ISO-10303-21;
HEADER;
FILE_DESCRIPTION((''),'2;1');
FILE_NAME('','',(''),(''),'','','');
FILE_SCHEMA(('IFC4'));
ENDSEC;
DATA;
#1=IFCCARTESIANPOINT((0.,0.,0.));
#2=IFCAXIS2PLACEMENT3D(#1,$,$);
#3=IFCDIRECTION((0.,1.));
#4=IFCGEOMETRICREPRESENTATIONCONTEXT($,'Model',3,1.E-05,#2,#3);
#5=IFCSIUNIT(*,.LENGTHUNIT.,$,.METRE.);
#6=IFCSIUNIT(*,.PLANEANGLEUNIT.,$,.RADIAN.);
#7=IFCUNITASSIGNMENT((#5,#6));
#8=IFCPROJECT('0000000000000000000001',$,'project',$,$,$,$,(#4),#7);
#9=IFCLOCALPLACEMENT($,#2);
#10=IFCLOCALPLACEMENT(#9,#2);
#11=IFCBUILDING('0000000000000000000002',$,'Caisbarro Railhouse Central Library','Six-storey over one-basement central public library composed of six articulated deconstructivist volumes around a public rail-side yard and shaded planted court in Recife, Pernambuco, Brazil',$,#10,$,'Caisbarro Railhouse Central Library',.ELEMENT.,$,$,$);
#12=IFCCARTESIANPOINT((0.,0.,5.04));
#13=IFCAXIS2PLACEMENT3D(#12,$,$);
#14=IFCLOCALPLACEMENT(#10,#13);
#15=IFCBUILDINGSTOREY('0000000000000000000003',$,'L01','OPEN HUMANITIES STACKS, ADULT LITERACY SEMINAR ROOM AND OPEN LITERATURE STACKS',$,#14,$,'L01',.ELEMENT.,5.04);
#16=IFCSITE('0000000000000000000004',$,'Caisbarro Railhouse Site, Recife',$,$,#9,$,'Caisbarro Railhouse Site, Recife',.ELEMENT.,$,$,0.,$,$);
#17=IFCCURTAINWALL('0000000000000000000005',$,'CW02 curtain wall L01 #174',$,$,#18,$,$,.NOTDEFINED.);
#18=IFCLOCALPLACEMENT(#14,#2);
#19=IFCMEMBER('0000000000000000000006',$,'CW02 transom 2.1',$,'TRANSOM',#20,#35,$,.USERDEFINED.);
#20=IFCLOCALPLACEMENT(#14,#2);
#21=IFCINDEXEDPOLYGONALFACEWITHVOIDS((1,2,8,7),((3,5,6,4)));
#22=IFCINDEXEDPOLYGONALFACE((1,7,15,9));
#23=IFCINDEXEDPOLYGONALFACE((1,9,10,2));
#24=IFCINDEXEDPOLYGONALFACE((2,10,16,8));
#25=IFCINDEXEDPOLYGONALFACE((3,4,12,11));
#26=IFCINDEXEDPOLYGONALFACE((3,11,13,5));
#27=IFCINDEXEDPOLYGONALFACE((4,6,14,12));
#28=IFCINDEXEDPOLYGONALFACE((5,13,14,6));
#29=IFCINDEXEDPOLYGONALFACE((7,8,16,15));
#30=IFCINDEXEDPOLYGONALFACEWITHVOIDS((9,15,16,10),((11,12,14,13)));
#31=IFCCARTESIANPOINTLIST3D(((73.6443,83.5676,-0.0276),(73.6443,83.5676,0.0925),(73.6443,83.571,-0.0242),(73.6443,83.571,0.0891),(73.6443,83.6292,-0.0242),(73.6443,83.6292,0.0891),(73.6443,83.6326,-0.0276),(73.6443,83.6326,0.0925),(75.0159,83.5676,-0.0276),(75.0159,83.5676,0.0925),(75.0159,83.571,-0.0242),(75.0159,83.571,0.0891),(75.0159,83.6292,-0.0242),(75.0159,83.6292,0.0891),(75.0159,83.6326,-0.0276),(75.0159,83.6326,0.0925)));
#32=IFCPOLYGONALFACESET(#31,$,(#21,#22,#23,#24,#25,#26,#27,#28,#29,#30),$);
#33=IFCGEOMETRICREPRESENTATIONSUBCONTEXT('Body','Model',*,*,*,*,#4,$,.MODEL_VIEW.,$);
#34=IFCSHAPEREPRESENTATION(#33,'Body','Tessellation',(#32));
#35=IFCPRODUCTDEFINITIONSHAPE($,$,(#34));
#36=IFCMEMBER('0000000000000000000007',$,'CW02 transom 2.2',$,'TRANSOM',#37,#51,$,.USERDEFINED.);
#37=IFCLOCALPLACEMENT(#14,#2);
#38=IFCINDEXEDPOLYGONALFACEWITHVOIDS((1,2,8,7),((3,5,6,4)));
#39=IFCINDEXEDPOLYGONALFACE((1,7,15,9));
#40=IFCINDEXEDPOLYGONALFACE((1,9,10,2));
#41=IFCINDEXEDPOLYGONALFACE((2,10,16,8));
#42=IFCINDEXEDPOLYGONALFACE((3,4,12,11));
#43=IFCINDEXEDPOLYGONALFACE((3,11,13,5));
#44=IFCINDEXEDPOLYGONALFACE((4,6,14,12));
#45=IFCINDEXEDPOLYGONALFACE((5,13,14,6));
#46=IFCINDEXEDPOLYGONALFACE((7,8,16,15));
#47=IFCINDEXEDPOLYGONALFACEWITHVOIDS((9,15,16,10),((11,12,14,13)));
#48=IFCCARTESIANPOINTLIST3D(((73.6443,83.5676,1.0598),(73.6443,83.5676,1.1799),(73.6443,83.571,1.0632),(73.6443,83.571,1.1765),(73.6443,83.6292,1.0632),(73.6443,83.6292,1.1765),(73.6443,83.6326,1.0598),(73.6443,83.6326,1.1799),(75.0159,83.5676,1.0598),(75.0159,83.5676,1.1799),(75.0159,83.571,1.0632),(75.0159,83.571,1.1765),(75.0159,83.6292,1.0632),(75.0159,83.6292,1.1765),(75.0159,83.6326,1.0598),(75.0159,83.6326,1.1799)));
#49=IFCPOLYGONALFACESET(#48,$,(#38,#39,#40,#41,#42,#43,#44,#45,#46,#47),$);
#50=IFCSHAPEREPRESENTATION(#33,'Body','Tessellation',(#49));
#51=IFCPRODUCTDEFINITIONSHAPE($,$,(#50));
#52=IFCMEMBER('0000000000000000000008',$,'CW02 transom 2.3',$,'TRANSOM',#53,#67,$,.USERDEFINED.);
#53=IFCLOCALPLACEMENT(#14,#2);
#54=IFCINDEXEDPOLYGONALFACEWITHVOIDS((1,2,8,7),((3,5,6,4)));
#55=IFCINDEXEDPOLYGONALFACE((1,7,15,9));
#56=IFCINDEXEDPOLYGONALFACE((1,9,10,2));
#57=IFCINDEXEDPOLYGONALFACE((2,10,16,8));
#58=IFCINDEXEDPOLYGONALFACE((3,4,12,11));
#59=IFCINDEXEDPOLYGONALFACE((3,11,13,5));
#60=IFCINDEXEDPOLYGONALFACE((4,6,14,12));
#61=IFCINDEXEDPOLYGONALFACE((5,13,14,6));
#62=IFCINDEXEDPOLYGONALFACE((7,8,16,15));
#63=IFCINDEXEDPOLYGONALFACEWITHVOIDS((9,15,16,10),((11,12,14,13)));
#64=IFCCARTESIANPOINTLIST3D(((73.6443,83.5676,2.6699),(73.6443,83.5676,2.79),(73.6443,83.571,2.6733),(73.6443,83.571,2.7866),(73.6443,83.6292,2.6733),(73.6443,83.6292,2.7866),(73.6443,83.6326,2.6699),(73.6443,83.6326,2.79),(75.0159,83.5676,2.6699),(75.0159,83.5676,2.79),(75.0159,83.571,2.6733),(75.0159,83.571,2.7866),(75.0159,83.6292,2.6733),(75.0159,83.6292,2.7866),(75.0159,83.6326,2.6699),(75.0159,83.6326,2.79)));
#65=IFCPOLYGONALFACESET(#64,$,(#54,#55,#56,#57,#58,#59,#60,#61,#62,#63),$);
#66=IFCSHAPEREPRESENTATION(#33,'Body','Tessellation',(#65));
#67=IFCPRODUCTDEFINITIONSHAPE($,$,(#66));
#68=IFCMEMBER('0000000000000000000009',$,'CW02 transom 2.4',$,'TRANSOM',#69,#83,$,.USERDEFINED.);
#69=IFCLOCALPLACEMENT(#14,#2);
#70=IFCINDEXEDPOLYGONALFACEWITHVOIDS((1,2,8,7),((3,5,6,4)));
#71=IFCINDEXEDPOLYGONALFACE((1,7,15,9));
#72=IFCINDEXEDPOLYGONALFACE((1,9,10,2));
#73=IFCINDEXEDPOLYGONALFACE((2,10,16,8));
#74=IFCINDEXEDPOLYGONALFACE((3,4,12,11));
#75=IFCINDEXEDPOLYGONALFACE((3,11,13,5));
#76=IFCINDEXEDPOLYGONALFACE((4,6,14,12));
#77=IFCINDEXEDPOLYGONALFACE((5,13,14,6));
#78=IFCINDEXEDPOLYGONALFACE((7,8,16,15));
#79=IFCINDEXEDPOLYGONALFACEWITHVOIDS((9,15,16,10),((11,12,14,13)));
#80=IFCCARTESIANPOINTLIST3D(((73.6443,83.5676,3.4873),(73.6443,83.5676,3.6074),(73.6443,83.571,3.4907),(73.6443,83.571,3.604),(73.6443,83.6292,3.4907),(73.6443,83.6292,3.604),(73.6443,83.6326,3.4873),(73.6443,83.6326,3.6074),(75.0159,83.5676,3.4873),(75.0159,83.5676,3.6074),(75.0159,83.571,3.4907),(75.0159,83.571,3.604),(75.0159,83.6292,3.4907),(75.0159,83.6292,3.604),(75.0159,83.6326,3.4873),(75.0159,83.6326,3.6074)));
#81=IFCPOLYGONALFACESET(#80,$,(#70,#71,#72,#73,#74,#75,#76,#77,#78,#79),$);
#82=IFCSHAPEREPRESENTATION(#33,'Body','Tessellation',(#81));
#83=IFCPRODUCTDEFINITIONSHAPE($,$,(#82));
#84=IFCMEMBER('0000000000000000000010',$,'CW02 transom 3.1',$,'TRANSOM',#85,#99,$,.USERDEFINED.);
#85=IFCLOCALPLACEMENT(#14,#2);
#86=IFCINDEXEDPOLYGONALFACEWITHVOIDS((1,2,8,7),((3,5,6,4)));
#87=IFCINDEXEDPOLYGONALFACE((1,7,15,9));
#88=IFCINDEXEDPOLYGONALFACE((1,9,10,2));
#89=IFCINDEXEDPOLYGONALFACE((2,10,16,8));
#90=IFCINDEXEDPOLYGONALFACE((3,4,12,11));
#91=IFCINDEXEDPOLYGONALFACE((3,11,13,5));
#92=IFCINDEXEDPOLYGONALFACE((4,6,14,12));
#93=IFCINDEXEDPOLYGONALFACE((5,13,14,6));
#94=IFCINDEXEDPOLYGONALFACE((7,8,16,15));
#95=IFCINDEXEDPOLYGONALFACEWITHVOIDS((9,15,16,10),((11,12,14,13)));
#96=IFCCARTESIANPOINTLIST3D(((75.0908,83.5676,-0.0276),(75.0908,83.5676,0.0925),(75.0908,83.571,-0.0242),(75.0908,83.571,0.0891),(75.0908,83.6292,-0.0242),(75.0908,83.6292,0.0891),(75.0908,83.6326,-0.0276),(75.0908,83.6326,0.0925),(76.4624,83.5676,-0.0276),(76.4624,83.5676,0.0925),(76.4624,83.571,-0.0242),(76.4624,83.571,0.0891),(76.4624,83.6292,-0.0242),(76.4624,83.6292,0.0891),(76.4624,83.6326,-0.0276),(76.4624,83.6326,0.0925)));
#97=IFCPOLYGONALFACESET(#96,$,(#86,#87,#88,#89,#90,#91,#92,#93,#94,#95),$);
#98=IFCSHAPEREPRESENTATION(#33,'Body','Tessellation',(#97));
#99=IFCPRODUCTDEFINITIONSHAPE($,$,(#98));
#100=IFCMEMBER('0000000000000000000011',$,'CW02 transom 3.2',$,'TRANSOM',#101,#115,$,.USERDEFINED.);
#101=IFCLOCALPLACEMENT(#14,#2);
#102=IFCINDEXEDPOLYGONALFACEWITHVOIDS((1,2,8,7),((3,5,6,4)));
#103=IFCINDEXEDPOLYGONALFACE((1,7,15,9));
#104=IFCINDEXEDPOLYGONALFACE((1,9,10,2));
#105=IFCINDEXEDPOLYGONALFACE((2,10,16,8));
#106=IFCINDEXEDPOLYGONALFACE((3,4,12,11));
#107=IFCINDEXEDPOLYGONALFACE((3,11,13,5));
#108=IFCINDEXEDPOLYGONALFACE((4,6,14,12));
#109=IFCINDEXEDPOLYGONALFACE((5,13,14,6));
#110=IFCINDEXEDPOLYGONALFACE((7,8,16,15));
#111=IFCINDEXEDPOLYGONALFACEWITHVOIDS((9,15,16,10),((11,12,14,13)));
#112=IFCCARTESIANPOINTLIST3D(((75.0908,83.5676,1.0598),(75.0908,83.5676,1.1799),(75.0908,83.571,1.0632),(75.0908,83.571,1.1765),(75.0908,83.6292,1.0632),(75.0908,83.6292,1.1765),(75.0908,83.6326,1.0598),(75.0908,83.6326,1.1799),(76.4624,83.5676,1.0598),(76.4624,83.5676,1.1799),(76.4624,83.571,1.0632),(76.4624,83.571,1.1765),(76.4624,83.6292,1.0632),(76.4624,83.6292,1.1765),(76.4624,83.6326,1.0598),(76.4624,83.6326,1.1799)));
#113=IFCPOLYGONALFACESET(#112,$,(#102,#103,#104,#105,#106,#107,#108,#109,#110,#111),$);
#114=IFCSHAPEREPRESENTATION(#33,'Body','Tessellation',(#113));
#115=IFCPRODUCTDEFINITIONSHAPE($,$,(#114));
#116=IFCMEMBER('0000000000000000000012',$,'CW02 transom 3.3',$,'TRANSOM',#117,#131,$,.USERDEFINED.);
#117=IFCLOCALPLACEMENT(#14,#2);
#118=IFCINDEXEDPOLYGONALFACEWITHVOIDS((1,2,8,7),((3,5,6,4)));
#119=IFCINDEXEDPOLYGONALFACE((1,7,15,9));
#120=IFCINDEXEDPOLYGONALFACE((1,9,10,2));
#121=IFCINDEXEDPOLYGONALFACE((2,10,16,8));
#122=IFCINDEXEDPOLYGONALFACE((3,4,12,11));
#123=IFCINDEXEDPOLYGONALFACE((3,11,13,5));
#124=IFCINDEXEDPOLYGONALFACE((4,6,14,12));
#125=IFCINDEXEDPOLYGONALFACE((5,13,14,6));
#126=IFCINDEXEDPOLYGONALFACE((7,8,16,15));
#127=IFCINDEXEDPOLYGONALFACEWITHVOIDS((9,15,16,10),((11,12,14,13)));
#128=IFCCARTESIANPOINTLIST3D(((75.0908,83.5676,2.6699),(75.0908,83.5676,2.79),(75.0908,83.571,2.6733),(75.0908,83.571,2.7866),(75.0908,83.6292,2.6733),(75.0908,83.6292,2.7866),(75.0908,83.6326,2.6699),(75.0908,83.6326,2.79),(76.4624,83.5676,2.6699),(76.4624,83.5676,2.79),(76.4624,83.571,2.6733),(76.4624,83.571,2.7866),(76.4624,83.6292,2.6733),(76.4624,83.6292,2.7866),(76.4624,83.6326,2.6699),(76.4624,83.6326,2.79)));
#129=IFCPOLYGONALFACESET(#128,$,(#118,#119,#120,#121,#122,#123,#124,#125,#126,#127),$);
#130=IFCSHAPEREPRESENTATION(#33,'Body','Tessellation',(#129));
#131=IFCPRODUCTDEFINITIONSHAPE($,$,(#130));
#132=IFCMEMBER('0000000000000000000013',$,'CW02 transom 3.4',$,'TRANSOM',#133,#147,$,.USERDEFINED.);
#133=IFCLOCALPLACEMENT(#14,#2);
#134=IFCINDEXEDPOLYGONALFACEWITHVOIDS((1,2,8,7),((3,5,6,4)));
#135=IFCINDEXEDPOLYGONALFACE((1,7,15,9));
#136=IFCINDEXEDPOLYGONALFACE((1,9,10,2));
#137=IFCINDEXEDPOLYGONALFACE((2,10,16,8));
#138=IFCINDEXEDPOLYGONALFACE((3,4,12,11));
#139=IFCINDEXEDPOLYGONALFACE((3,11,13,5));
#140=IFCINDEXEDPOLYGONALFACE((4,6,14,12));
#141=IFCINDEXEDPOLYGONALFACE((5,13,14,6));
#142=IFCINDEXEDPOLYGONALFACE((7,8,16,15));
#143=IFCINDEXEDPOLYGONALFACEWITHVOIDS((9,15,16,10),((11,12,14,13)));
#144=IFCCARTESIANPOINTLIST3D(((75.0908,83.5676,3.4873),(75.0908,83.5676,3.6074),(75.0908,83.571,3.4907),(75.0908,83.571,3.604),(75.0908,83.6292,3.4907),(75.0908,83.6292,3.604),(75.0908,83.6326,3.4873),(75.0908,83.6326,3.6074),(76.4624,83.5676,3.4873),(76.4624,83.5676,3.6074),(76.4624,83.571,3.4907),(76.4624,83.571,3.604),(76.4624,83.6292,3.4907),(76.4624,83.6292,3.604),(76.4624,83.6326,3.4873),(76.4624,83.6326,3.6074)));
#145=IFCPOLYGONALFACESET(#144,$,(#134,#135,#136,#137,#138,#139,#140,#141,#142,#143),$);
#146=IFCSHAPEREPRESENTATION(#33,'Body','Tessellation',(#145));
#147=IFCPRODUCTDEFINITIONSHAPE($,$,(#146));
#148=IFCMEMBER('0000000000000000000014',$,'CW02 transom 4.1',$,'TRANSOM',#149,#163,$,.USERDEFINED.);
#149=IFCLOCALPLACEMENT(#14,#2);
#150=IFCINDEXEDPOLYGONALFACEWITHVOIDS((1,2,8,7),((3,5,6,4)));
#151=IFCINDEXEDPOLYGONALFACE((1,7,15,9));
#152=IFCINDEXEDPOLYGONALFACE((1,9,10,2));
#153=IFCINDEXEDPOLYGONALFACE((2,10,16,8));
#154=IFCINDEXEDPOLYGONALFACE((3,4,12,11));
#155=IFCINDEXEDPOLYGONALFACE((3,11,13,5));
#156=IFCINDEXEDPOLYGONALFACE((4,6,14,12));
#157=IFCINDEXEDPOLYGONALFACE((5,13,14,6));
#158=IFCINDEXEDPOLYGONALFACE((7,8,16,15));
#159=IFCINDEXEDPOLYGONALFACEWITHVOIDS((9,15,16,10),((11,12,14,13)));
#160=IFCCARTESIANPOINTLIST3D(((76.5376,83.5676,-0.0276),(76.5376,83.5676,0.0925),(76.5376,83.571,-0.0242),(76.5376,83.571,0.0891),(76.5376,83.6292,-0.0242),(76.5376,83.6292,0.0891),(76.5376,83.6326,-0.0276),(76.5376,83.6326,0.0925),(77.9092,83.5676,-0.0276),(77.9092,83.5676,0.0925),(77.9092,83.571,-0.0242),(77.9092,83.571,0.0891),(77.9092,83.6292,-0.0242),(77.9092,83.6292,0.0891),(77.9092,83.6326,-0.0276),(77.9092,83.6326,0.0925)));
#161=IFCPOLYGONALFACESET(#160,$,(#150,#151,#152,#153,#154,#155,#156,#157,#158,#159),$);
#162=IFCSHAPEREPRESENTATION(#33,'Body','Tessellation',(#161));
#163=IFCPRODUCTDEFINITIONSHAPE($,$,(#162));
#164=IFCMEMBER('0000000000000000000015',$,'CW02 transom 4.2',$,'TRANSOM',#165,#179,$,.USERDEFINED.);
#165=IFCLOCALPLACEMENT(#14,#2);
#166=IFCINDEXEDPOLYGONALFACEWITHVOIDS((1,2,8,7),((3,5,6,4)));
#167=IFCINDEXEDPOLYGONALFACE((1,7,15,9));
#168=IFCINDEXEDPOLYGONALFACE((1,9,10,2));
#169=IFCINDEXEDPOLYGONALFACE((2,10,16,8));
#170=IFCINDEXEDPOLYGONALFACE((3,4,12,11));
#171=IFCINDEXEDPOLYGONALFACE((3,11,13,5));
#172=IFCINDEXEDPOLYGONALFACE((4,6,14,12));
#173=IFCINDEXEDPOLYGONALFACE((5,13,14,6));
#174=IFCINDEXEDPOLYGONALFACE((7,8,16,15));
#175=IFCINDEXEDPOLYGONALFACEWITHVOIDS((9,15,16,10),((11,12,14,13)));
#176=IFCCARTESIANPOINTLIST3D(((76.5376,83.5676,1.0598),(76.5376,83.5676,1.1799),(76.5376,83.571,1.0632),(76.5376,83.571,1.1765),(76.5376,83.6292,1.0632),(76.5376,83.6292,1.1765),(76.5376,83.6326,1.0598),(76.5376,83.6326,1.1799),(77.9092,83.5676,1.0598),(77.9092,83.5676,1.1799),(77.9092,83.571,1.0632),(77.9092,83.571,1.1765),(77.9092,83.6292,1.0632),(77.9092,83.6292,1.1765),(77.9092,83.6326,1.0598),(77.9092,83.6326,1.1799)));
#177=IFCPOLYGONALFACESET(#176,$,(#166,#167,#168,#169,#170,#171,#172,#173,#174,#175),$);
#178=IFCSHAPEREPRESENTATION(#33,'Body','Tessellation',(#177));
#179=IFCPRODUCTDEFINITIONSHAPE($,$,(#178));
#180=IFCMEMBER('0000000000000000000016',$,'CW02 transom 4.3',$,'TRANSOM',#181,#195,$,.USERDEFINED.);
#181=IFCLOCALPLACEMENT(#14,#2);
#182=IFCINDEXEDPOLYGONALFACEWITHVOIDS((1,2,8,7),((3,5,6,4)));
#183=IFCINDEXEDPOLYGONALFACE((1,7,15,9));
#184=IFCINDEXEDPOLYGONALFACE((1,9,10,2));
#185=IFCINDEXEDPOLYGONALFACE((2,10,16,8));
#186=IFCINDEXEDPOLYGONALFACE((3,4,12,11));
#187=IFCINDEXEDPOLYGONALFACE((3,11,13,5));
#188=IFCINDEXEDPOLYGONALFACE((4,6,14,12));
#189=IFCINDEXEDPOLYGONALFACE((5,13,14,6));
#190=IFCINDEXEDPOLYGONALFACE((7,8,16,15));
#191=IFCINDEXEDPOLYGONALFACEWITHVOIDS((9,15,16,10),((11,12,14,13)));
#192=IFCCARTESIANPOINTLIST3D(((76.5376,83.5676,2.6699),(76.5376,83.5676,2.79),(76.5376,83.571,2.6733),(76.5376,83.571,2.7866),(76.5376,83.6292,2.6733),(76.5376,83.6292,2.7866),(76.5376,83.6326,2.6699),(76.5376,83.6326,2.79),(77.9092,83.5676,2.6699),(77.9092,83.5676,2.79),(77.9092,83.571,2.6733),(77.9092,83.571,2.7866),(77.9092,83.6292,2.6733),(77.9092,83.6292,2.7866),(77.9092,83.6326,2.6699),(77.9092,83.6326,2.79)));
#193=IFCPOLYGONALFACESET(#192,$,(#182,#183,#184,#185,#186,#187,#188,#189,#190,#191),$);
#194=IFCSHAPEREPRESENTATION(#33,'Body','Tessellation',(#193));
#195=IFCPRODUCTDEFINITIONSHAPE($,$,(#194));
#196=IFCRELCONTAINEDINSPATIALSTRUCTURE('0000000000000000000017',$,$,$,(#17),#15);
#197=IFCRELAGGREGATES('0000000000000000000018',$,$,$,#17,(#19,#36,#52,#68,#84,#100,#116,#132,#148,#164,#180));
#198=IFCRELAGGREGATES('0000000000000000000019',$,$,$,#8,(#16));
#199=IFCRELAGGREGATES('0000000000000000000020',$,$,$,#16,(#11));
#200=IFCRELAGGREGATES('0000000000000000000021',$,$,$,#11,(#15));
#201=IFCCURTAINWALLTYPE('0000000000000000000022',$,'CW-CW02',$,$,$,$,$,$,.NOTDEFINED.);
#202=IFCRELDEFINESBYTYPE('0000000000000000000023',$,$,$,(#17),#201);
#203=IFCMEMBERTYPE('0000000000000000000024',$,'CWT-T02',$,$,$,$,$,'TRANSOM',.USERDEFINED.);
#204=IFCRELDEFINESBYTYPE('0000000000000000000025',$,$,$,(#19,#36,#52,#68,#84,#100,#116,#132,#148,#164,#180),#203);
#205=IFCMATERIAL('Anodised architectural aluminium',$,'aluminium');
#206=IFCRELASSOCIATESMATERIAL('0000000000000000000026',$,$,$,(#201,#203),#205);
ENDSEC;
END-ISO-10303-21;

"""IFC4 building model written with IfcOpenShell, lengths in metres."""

from ifc_helpers import new_model, si_unit, direction, frame, origin, origin_2d, place, context, subcontext, project, spatial, hollow_rectangle, extrude, material, material_profile, profile_set, type_object, element, aggregate, save


model = new_model("IFC4")

# Units and contexts
model_context = context("Model", 3, precision=1e-05, world=origin(), true_north=direction((0.0, 1.0)))
body_context = subcontext(model_context, "Body", "Model", "MODEL_VIEW")
ifc_project = project(units=[si_unit("LENGTHUNIT", "METRE"), si_unit("PLANEANGLEUNIT", "RADIAN")], contexts=[model_context])

# Site, building, storey
site_placement = place(None, origin())
site = spatial("IfcSite", under=ifc_project, at=site_placement, Name="Caisbarro Railhouse Site, Recife", LongName="Caisbarro Railhouse Site, Recife", CompositionType="ELEMENT", RefElevation=0.0)
building_placement = place(site_placement, origin())
building = spatial("IfcBuilding", under=site, at=building_placement, Name="Caisbarro Railhouse Central Library", Description="Six-storey over one-basement central public library composed of six articulated deconstructivist volumes around a public rail-side yard and shaded planted court in Recife, Pernambuco, Brazil", LongName="Caisbarro Railhouse Central Library", CompositionType="ELEMENT")
storey_placement = place(building_placement, frame((0.0, 0.0, 5.04)))
storey = spatial("IfcBuildingStorey", under=building, at=storey_placement, Name="L01", Description="OPEN HUMANITIES STACKS, ADULT LITERACY SEMINAR ROOM AND OPEN LITERATURE STACKS", LongName="L01", CompositionType="ELEMENT", Elevation=5.04)

# Curtain wall, members
ifc_material_1 = material(Name="Anodised architectural aluminium", Category="aluminium")
curtain_wall_type = type_object("IfcCurtainWallType", Name="CW-CW02", PredefinedType="NOTDEFINED", material=ifc_material_1)
curtain_wall_placement = place(storey_placement, origin())
curtain_wall = element("IfcCurtainWall", 1, at=curtain_wall_placement, inside=storey, type_object=curtain_wall_type, Name="CW02 curtain wall L01 #174", PredefinedType="NOTDEFINED")
ifc_material_profile_1 = material_profile(ifc_material_1, hollow_rectangle(XDim=0.0649, YDim=0.1201, WallThickness=0.0034, at=origin_2d()), Name="ALU-TRN-65X120")
ifc_profile_set_1 = profile_set([ifc_material_profile_1], Name="Anodised architectural aluminium")
member_type_1 = type_object("IfcMemberType", Name="CWT-T02", ElementType="TRANSOM", PredefinedType="USERDEFINED", material=ifc_profile_set_1)
member_1_placement = place(storey_placement, frame((73.6443, 83.6001, 0.0325), z_axis=(1.0, 0.0, 0.0), x_axis=(0.0, 1.0, 0.0)))
member_1 = element("IfcMember", 2, at=member_1_placement, type_object=member_type_1, Name="CW02 transom 2.1", ObjectType="TRANSOM", PredefinedType="USERDEFINED", context=body_context, shape_type="SweptSolid", body=[
    extrude(hollow_rectangle(XDim=0.0649, YDim=0.1201, WallThickness=0.0034, at=origin_2d()), origin(), (0.0, 0.0, 1.0), 1.3716),
])
member_2_placement = place(storey_placement, frame((73.6443, 83.6001, 1.1199), z_axis=(1.0, 0.0, 0.0), x_axis=(0.0, 1.0, 0.0)))
member_2 = element("IfcMember", 3, at=member_2_placement, type_object=member_type_1, Name="CW02 transom 2.2", ObjectType="TRANSOM", PredefinedType="USERDEFINED", context=body_context, shape_type="SweptSolid", body=[
    extrude(hollow_rectangle(XDim=0.0649, YDim=0.1201, WallThickness=0.0034, at=origin_2d()), origin(), (0.0, 0.0, 1.0), 1.3716),
])
member_3_placement = place(storey_placement, frame((73.6443, 83.6001, 2.73), z_axis=(1.0, 0.0, 0.0), x_axis=(0.0, 1.0, 0.0)))
member_3 = element("IfcMember", 4, at=member_3_placement, type_object=member_type_1, Name="CW02 transom 2.3", ObjectType="TRANSOM", PredefinedType="USERDEFINED", context=body_context, shape_type="SweptSolid", body=[
    extrude(hollow_rectangle(XDim=0.0649, YDim=0.1201, WallThickness=0.0034, at=origin_2d()), origin(), (0.0, 0.0, 1.0), 1.3716),
])
member_4_placement = place(storey_placement, frame((73.6443, 83.6001, 3.5474), z_axis=(1.0, 0.0, 0.0), x_axis=(0.0, 1.0, 0.0)))
member_4 = element("IfcMember", 5, at=member_4_placement, type_object=member_type_1, Name="CW02 transom 2.4", ObjectType="TRANSOM", PredefinedType="USERDEFINED", context=body_context, shape_type="SweptSolid", body=[
    extrude(hollow_rectangle(XDim=0.0649, YDim=0.1201, WallThickness=0.0034, at=origin_2d()), origin(), (0.0, 0.0, 1.0), 1.3716),
])
member_5_placement = place(storey_placement, frame((75.0908, 83.6001, 0.0325), z_axis=(1.0, 0.0, 0.0), x_axis=(0.0, 1.0, 0.0)))
member_5 = element("IfcMember", 6, at=member_5_placement, type_object=member_type_1, Name="CW02 transom 3.1", ObjectType="TRANSOM", PredefinedType="USERDEFINED", context=body_context, shape_type="SweptSolid", body=[
    extrude(hollow_rectangle(XDim=0.0649, YDim=0.1201, WallThickness=0.0034, at=origin_2d()), origin(), (0.0, 0.0, 1.0), 1.3716),
])
member_6_placement = place(storey_placement, frame((75.0908, 83.6001, 1.1199), z_axis=(1.0, 0.0, 0.0), x_axis=(0.0, 1.0, 0.0)))
member_6 = element("IfcMember", 7, at=member_6_placement, type_object=member_type_1, Name="CW02 transom 3.2", ObjectType="TRANSOM", PredefinedType="USERDEFINED", context=body_context, shape_type="SweptSolid", body=[
    extrude(hollow_rectangle(XDim=0.0649, YDim=0.1201, WallThickness=0.0034, at=origin_2d()), origin(), (0.0, 0.0, 1.0), 1.3716),
])
member_7_placement = place(storey_placement, frame((75.0908, 83.6001, 2.73), z_axis=(1.0, 0.0, 0.0), x_axis=(0.0, 1.0, 0.0)))
member_7 = element("IfcMember", 8, at=member_7_placement, type_object=member_type_1, Name="CW02 transom 3.3", ObjectType="TRANSOM", PredefinedType="USERDEFINED", context=body_context, shape_type="SweptSolid", body=[
    extrude(hollow_rectangle(XDim=0.0649, YDim=0.1201, WallThickness=0.0034, at=origin_2d()), origin(), (0.0, 0.0, 1.0), 1.3716),
])
member_8_placement = place(storey_placement, frame((75.0908, 83.6001, 3.5474), z_axis=(1.0, 0.0, 0.0), x_axis=(0.0, 1.0, 0.0)))
member_8 = element("IfcMember", 9, at=member_8_placement, type_object=member_type_1, Name="CW02 transom 3.4", ObjectType="TRANSOM", PredefinedType="USERDEFINED", context=body_context, shape_type="SweptSolid", body=[
    extrude(hollow_rectangle(XDim=0.0649, YDim=0.1201, WallThickness=0.0034, at=origin_2d()), origin(), (0.0, 0.0, 1.0), 1.3716),
])
member_9_placement = place(storey_placement, frame((76.5376, 83.6001, 0.0325), z_axis=(1.0, 0.0, 0.0), x_axis=(0.0, 1.0, 0.0)))
member_9 = element("IfcMember", 10, at=member_9_placement, type_object=member_type_1, Name="CW02 transom 4.1", ObjectType="TRANSOM", PredefinedType="USERDEFINED", context=body_context, shape_type="SweptSolid", body=[
    extrude(hollow_rectangle(XDim=0.0649, YDim=0.1201, WallThickness=0.0034, at=origin_2d()), origin(), (0.0, 0.0, 1.0), 1.3716),
])
member_10_placement = place(storey_placement, frame((76.5376, 83.6001, 1.1199), z_axis=(1.0, 0.0, 0.0), x_axis=(0.0, 1.0, 0.0)))
member_10 = element("IfcMember", 11, at=member_10_placement, type_object=member_type_1, Name="CW02 transom 4.2", ObjectType="TRANSOM", PredefinedType="USERDEFINED", context=body_context, shape_type="SweptSolid", body=[
    extrude(hollow_rectangle(XDim=0.0649, YDim=0.1201, WallThickness=0.0034, at=origin_2d()), origin(), (0.0, 0.0, 1.0), 1.3716),
])
member_11_placement = place(storey_placement, frame((76.5376, 83.6001, 2.73), z_axis=(1.0, 0.0, 0.0), x_axis=(0.0, 1.0, 0.0)))
member_11 = element("IfcMember", 12, at=member_11_placement, type_object=member_type_1, Name="CW02 transom 4.3", ObjectType="TRANSOM", PredefinedType="USERDEFINED", context=body_context, shape_type="SweptSolid", body=[
    extrude(hollow_rectangle(XDim=0.0649, YDim=0.1201, WallThickness=0.0034, at=origin_2d()), origin(), (0.0, 0.0, 1.0), 1.3716),
])
aggregate(curtain_wall, [member_1, member_2, member_3, member_4, member_5, member_6, member_7, member_8, member_9, member_10, member_11])

save(model, "model.ifc")
